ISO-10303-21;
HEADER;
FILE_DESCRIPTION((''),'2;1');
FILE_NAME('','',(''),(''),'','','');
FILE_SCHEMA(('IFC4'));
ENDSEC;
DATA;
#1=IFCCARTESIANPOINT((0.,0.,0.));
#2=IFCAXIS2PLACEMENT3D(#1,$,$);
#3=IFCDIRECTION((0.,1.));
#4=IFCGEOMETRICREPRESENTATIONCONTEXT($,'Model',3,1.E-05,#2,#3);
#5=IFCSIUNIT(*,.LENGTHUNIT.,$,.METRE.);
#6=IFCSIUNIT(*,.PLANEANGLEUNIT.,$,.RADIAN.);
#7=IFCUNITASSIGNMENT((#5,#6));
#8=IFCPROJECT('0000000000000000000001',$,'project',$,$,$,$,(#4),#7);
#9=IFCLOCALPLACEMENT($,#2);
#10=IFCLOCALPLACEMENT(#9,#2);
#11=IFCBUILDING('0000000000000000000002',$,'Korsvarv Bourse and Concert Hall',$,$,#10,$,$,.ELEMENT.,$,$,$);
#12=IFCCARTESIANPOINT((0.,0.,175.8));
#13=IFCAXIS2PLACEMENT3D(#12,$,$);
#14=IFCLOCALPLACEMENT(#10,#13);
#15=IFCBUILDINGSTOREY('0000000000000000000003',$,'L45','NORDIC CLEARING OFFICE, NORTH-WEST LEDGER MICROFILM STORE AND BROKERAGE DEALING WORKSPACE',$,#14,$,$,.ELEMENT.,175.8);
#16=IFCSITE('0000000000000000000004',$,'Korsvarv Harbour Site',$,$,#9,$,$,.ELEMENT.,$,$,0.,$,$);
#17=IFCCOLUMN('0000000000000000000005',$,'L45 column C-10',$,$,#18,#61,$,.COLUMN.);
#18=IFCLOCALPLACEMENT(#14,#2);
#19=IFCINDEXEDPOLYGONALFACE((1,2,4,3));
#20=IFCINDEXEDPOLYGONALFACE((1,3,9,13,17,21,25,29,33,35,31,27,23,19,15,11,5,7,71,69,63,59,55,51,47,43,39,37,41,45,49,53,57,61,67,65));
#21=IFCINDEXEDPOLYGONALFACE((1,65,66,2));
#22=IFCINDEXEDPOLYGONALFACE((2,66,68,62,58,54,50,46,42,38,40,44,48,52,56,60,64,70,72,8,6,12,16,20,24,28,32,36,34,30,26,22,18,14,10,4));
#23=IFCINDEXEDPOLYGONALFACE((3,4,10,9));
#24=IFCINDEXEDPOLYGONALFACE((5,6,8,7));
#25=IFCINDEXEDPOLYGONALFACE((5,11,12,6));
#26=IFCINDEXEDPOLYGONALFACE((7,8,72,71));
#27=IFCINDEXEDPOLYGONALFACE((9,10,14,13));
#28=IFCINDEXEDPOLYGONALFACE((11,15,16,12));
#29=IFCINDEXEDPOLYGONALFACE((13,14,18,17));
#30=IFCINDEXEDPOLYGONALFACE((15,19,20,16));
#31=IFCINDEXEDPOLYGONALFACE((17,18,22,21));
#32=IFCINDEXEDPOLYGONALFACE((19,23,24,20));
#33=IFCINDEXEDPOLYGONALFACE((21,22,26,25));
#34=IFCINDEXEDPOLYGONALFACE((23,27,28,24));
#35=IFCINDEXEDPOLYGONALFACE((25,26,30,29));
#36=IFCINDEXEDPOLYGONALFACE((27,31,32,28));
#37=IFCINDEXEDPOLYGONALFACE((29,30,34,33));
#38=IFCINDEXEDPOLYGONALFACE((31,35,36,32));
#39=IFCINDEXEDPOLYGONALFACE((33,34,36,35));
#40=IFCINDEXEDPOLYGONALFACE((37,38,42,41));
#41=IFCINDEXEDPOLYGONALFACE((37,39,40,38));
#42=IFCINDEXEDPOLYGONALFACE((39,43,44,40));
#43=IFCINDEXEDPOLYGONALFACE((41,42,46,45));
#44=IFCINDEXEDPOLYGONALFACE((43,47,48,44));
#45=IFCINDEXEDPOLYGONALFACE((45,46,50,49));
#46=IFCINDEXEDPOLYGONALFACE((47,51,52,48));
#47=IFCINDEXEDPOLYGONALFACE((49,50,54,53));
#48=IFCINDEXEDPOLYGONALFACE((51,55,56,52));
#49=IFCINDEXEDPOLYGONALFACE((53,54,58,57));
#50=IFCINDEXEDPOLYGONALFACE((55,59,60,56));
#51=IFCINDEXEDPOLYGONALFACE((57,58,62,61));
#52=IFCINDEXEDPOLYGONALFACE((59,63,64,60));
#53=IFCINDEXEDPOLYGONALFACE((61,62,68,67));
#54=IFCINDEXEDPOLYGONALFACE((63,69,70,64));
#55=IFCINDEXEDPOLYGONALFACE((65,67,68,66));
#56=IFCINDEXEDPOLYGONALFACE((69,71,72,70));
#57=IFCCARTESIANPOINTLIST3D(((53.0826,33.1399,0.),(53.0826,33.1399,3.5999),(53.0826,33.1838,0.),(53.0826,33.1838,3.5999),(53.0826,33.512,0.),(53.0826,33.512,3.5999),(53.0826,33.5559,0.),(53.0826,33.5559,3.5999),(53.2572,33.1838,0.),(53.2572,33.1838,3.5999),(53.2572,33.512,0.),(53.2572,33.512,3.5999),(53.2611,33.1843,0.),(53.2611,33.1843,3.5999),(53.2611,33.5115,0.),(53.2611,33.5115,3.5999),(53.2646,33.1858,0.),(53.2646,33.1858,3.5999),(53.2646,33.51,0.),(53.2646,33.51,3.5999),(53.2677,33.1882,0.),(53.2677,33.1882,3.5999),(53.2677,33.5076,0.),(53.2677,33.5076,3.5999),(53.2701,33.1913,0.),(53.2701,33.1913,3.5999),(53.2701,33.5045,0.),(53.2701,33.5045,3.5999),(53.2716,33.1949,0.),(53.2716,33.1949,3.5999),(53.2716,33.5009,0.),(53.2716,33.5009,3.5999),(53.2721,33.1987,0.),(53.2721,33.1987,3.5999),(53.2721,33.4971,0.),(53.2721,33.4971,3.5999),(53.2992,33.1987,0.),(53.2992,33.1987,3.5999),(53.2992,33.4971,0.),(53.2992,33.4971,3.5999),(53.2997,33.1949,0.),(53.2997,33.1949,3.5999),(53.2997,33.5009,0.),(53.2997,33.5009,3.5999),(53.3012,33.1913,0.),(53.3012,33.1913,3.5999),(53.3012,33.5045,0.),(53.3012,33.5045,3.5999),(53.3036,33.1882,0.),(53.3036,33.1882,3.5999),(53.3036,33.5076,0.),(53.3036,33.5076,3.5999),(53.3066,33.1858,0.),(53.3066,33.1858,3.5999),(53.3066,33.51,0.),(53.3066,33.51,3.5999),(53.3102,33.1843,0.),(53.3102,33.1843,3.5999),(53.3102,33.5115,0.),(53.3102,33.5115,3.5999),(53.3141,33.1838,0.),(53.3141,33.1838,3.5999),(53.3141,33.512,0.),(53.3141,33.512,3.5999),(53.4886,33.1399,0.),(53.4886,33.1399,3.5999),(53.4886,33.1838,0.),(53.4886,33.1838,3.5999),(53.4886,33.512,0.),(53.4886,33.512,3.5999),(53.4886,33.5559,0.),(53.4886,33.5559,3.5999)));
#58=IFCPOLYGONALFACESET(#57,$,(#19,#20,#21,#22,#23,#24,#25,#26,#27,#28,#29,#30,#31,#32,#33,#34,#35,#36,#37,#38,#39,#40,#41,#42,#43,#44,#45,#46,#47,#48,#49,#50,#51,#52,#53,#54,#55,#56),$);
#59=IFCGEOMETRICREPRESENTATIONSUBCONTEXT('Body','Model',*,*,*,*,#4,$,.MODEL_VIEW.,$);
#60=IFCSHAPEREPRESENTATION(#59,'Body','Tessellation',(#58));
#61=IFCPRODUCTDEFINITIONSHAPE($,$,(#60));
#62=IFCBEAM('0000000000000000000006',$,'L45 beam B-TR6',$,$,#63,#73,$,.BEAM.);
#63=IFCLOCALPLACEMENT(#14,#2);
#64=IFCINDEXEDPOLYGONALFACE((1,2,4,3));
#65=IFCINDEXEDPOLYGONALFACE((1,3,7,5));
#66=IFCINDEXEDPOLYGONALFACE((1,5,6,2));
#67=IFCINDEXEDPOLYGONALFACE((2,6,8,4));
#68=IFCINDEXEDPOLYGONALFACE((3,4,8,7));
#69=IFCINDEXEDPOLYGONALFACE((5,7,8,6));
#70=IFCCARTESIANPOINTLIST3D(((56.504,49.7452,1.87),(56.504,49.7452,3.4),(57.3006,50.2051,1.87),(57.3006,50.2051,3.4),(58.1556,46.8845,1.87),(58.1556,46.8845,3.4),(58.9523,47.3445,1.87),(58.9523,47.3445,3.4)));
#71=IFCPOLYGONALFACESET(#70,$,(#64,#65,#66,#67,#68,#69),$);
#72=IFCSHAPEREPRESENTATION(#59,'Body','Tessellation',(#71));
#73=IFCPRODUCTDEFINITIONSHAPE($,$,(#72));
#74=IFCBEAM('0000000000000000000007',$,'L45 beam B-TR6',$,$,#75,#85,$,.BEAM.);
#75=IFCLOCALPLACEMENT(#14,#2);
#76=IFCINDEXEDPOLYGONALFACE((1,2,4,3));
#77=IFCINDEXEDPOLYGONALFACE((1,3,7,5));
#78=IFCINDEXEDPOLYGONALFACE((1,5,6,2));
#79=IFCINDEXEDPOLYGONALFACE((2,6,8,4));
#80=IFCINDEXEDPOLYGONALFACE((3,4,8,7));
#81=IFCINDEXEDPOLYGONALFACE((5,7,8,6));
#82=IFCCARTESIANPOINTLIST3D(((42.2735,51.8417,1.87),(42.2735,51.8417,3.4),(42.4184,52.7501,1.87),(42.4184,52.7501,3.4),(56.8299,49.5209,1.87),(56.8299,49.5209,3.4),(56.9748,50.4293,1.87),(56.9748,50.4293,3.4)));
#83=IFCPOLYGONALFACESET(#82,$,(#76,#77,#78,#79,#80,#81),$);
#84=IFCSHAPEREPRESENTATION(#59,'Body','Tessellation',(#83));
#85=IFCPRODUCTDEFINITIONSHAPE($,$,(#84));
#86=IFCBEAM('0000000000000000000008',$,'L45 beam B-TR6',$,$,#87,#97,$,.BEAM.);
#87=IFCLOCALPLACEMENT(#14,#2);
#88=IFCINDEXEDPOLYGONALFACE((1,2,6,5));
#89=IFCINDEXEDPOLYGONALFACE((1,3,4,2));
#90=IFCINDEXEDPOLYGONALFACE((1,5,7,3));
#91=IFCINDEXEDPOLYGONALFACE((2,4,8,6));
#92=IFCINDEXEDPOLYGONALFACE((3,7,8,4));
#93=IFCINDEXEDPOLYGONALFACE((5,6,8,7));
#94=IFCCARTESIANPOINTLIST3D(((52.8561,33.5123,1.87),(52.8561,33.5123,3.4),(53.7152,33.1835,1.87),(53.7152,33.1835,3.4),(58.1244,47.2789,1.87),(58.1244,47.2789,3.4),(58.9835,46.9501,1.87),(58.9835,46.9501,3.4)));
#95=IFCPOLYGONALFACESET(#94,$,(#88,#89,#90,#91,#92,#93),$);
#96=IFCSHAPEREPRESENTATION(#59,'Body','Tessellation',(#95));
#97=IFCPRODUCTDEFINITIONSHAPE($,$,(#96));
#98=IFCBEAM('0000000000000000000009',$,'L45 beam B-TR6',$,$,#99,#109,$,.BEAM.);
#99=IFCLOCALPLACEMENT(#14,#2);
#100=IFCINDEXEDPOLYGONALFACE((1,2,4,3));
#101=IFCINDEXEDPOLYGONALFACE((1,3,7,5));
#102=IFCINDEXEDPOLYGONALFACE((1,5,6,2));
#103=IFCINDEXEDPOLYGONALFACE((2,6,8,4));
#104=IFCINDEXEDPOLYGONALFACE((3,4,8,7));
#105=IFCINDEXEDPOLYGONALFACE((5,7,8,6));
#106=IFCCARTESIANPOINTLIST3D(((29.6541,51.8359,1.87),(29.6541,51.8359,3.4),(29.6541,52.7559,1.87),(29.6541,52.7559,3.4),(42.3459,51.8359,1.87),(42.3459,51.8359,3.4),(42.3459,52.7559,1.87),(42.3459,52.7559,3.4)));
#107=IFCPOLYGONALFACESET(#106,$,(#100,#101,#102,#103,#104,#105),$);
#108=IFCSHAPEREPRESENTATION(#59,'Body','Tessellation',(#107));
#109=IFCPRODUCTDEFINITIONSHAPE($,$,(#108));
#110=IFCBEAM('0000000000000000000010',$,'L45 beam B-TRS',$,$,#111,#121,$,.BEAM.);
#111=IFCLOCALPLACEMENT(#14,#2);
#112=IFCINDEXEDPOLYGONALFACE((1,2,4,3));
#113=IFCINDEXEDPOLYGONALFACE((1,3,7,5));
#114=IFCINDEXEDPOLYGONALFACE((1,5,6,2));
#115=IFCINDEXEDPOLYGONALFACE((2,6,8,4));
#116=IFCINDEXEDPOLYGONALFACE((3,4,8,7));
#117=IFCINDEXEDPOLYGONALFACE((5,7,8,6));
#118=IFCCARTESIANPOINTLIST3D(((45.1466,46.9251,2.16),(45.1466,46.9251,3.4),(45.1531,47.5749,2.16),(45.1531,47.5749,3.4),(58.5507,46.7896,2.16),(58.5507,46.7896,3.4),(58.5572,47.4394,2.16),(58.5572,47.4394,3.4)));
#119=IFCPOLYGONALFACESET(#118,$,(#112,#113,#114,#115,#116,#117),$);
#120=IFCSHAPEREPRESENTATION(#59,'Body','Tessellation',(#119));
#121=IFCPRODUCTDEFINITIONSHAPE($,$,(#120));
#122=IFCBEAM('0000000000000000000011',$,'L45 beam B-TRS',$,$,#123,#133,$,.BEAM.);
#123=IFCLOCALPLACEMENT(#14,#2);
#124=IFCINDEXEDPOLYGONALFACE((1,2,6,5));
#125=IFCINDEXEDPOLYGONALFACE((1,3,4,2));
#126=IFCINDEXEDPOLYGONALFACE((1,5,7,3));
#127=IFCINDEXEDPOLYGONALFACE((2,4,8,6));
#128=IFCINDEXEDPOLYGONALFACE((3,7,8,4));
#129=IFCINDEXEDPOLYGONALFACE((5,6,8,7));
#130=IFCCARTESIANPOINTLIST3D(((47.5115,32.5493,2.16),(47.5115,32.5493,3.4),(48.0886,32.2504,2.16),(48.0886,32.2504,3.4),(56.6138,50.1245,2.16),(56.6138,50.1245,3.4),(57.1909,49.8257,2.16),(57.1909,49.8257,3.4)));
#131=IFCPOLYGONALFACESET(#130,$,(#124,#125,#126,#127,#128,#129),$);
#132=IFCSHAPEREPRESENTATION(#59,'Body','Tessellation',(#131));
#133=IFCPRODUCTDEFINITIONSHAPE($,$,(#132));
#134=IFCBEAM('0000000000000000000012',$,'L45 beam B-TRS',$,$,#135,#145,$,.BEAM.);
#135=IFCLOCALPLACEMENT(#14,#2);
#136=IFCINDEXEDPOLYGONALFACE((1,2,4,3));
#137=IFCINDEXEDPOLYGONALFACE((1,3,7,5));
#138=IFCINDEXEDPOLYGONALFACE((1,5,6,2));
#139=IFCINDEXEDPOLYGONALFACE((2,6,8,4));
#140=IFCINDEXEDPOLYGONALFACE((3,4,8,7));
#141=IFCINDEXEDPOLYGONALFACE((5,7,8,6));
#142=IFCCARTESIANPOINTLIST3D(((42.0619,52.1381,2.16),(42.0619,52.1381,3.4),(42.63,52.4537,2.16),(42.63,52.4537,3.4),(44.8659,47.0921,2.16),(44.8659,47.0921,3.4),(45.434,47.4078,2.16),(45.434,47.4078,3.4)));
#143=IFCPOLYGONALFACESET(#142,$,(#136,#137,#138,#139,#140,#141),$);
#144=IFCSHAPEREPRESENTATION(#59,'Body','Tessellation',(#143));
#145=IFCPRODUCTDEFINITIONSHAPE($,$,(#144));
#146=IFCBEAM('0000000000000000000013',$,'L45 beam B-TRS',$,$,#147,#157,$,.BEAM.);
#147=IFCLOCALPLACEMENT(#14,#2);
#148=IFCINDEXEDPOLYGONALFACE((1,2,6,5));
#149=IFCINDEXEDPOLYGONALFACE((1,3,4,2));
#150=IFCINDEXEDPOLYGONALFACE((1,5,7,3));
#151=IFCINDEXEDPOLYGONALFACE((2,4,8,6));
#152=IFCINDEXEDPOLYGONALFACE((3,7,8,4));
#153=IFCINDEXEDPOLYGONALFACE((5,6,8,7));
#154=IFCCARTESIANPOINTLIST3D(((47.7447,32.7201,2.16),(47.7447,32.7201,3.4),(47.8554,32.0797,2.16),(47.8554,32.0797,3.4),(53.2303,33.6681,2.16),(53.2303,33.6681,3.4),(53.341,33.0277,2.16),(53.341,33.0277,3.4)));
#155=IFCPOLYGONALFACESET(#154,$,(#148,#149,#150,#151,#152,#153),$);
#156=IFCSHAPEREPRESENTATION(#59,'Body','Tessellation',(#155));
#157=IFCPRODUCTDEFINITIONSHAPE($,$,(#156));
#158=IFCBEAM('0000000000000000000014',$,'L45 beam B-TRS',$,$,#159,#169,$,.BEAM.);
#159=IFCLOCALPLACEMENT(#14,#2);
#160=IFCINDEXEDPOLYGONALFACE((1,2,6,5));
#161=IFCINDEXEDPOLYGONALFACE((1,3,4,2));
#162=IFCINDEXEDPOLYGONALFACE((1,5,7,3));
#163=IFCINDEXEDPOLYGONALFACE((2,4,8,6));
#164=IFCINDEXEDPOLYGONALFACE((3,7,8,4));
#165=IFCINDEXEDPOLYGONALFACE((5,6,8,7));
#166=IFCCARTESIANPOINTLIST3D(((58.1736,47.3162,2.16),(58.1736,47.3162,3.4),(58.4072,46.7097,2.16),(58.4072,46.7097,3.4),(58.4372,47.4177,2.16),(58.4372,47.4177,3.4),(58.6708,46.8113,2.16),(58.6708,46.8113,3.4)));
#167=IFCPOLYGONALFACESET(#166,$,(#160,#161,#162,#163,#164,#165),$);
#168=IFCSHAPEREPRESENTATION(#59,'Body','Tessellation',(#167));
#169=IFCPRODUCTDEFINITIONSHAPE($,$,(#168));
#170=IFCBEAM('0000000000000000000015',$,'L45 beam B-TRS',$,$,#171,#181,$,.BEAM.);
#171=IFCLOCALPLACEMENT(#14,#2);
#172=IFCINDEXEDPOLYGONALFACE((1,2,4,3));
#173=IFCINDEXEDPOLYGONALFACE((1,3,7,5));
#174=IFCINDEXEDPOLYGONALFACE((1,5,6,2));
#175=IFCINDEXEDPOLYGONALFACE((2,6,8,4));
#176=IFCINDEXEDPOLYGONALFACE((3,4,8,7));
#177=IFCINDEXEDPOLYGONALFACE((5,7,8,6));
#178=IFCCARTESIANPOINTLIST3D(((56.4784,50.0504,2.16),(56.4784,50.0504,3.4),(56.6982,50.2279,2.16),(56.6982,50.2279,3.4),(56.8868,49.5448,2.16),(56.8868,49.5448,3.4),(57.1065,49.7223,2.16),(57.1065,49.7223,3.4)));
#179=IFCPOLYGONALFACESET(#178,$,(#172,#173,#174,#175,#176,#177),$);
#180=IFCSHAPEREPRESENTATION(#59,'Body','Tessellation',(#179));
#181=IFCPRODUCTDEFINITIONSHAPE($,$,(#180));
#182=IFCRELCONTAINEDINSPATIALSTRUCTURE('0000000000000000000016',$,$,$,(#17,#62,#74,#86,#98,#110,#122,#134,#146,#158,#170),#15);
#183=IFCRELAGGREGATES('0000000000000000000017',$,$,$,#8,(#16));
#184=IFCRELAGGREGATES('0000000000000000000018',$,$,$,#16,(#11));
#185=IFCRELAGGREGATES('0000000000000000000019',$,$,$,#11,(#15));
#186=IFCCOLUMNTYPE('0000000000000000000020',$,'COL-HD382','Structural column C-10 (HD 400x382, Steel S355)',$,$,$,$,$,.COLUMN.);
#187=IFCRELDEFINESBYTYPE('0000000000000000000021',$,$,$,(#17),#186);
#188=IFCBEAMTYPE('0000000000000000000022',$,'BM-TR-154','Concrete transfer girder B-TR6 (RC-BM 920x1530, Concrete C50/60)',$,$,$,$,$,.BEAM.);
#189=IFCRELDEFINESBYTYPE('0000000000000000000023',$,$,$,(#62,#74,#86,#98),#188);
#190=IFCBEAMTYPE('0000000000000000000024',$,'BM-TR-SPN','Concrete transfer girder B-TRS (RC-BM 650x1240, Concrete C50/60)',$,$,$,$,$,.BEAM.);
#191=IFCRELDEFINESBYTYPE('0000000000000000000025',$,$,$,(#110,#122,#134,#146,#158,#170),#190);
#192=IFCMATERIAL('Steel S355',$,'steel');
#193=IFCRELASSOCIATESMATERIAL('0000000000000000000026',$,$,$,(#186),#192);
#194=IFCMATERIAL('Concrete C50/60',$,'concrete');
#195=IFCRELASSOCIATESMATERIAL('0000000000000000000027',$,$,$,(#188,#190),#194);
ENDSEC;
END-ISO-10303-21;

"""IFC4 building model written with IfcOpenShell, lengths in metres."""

from ifc_helpers import new_model, si_unit, direction, frame, origin, origin_2d, place, context, subcontext, project, spatial, rectangle, i_section, extrude, source, transform, mapped, material, material_profile, profile_set, type_object, element, save


model = new_model("IFC4")

# Units and contexts
model_context = context("Model", 3, precision=1e-05, world=origin(), true_north=direction((0.0, 1.0)))
body_context = subcontext(model_context, "Body", "Model", "MODEL_VIEW")
ifc_project = project(units=[si_unit("LENGTHUNIT", "METRE"), si_unit("PLANEANGLEUNIT", "RADIAN")], contexts=[model_context])

# Site, building, storey
site_placement = place(None, origin())
site = spatial("IfcSite", under=ifc_project, at=site_placement, Name="Korsvarv Harbour Site", CompositionType="ELEMENT", RefElevation=0.0)
building_placement = place(site_placement, origin())
building = spatial("IfcBuilding", under=site, at=building_placement, Name="Korsvarv Bourse and Concert Hall", CompositionType="ELEMENT")
storey_placement = place(building_placement, frame((0.0, 0.0, 175.8)))
storey = spatial("IfcBuildingStorey", under=building, at=storey_placement, Name="L45", Description="NORDIC CLEARING OFFICE, NORTH-WEST LEDGER MICROFILM STORE AND BROKERAGE DEALING WORKSPACE", CompositionType="ELEMENT", Elevation=175.8)

# Column
ifc_material_1 = material(Name="Steel S355", Category="steel")
ifc_material_profile_1 = material_profile(ifc_material_1, i_section(OverallWidth=0.406, OverallDepth=0.416, WebThickness=0.0271, FlangeThickness=0.0439, FilletRadius=0.0149, at=origin_2d()), Name="HD 400x382")
ifc_profile_set_1 = profile_set([ifc_material_profile_1], Name="Steel S355")
column_type_1 = type_object("IfcColumnType", Name="COL-HD382", Description="Structural column C-10 (HD 400x382, Steel S355)", PredefinedType="COLUMN", material=ifc_profile_set_1)
shared_shape_1 = source(origin(), body_context, "Body", "SweptSolid", [
    extrude(i_section(OverallWidth=0.406, OverallDepth=0.416, WebThickness=0.0271, FlangeThickness=0.0439, FilletRadius=0.0149, at=origin_2d()), origin(), (0.0, 0.0, 1.0), 3.5999),
])
for number, where, z_axis, x_axis, name in (
    (1, (53.2856, 33.3479, 0.0), (0.0, 0.0, 1.0), (1.0, 0.0, 0.0), "L45 column C-10"),
):
    element("IfcColumn", number, at=place(storey_placement, frame(where, z_axis=z_axis, x_axis=x_axis)), inside=storey, type_object=column_type_1, Name=name, PredefinedType="COLUMN", context=body_context, shape_type="MappedRepresentation", body=[
        mapped(shared_shape_1, transform((0.0, 0.0, 0.0), scale=1.0)),
    ])

# Beams
ifc_material_2 = material(Name="Concrete C50/60", Category="concrete")
ifc_material_profile_2 = material_profile(ifc_material_2, rectangle(XDim=0.9199, YDim=1.53, at=origin_2d()), Name="RC-BM 920x1530")
ifc_profile_set_2 = profile_set([ifc_material_profile_2], Name="Concrete C50/60")
beam_type_1 = type_object("IfcBeamType", Name="BM-TR-154", Description="Concrete transfer girder B-TR6 (RC-BM 920x1530, Concrete C50/60)", PredefinedType="BEAM", material=ifc_profile_set_2)
shared_shape_2 = source(origin(), body_context, "Body", "SweptSolid", [
    extrude(rectangle(XDim=0.9199, YDim=1.53, at=origin_2d()), origin(), (0.0, 0.0, 1.0), 3.3032),
])
beam_1_placement = place(storey_placement, frame((58.554, 47.1145, 2.635), z_axis=(-0.50001, 0.866019, 0.0), x_axis=(-0.866019, -0.50001, 0.0)))
element("IfcBeam", 2, at=beam_1_placement, inside=storey, type_object=beam_type_1, Name="L45 beam B-TR6", PredefinedType="BEAM", context=body_context, shape_type="MappedRepresentation", body=[
    mapped(shared_shape_2, transform((0.0, 0.0, 0.0), scale=1.0)),
])
shared_shape_3 = source(origin(), body_context, "Body", "SweptSolid", [
    extrude(rectangle(XDim=0.9199, YDim=1.53, at=origin_2d()), origin(), (0.0, 0.0, 1.0), 14.7402),
])
for number, where, z_axis, x_axis, name in (
    (3, (56.9023, 49.9751, 2.635), (-0.987528, 0.157447, 0.0), (-0.157447, -0.987528, 0.0), "L45 beam B-TR6"),
    (4, (53.2856, 33.3479, 2.635), (0.35741, 0.933947, 0.0), (-0.933947, 0.35741, 0.0), "L45 beam B-TR6"),
):
    element("IfcBeam", number, at=place(storey_placement, frame(where, z_axis=z_axis, x_axis=x_axis)), inside=storey, type_object=beam_type_1, Name=name, PredefinedType="BEAM", context=body_context, shape_type="MappedRepresentation", body=[
        mapped(shared_shape_3, transform((0.0, 0.0, 0.0), scale=1.0)),
    ])
shared_shape_4 = source(origin(), body_context, "Body", "SweptSolid", [
    extrude(rectangle(XDim=0.9199, YDim=1.53, at=origin_2d()), origin(), (0.0, 0.0, 1.0), 12.6919),
])
beam_2_placement = place(storey_placement, frame((42.3459, 52.2959, 2.635), z_axis=(-1.0, 0.0, 0.0), x_axis=(0.0, -1.0, 0.0)))
element("IfcBeam", 5, at=beam_2_placement, inside=storey, type_object=beam_type_1, Name="L45 beam B-TR6", PredefinedType="BEAM", context=body_context, shape_type="MappedRepresentation", body=[
    mapped(shared_shape_4, transform((0.0, 0.0, 0.0), scale=1.0)),
])
ifc_material_profile_3 = material_profile(ifc_material_2, rectangle(XDim=0.6499, YDim=1.24, at=origin_2d()), Name="RC-BM 650x1240")
ifc_profile_set_3 = profile_set([ifc_material_profile_3], Name="Concrete C50/60")
beam_type_2 = type_object("IfcBeamType", Name="BM-TR-SPN", Description="Concrete transfer girder B-TRS (RC-BM 650x1240, Concrete C50/60)", PredefinedType="BEAM", material=ifc_profile_set_3)
shared_shape_5 = source(origin(), body_context, "Body", "SweptSolid", [
    extrude(rectangle(XDim=0.6499, YDim=1.24, at=origin_2d()), origin(), (0.0, 0.0, 1.0), 13.4048),
])
beam_3_placement = place(storey_placement, frame((58.554, 47.1145, 2.78), z_axis=(-0.999949, 0.010108, 0.0), x_axis=(-0.010108, -0.999949, 0.0)))
element("IfcBeam", 6, at=beam_3_placement, inside=storey, type_object=beam_type_2, Name="L45 beam B-TRS", PredefinedType="BEAM", context=body_context, shape_type="MappedRepresentation", body=[
    mapped(shared_shape_5, transform((0.0, 0.0, 0.0), scale=1.0)),
])
shared_shape_6 = source(origin(), body_context, "Body", "SweptSolid", [
    extrude(rectangle(XDim=0.6499, YDim=1.24, at=origin_2d()), origin(), (0.0, 0.0, 1.0), 19.7925),
])
beam_4_placement = place(storey_placement, frame((56.9023, 49.9751, 2.78), z_axis=(-0.459888, -0.887977, 0.0), x_axis=(0.887977, -0.459888, 0.0)))
element("IfcBeam", 7, at=beam_4_placement, inside=storey, type_object=beam_type_2, Name="L45 beam B-TRS", PredefinedType="BEAM", context=body_context, shape_type="MappedRepresentation", body=[
    mapped(shared_shape_6, transform((0.0, 0.0, 0.0), scale=1.0)),
])
shared_shape_7 = source(origin(), body_context, "Body", "SweptSolid", [
    extrude(rectangle(XDim=0.6499, YDim=1.24, at=origin_2d()), origin(), (0.0, 0.0, 1.0), 5.7727),
])
beam_5_placement = place(storey_placement, frame((42.3459, 52.2959, 2.78), z_axis=(0.485733, -0.874107, 0.0), x_axis=(0.874107, 0.485733, 0.0)))
element("IfcBeam", 8, at=beam_5_placement, inside=storey, type_object=beam_type_2, Name="L45 beam B-TRS", PredefinedType="BEAM", context=body_context, shape_type="MappedRepresentation", body=[
    mapped(shared_shape_7, transform((0.0, 0.0, 0.0), scale=1.0)),
])
shared_shape_8 = source(origin(), body_context, "Body", "SweptSolid", [
    extrude(rectangle(XDim=0.6499, YDim=1.24, at=origin_2d()), origin(), (0.0, 0.0, 1.0), 5.5669),
])
beam_6_placement = place(storey_placement, frame((53.2856, 33.3479, 2.78), z_axis=(-0.985394, -0.170292, 0.0), x_axis=(0.170292, -0.985394, 0.0)))
element("IfcBeam", 9, at=beam_6_placement, inside=storey, type_object=beam_type_2, Name="L45 beam B-TRS", PredefinedType="BEAM", context=body_context, shape_type="MappedRepresentation", body=[
    mapped(shared_shape_8, transform((0.0, 0.0, 0.0), scale=1.0)),
])
shared_shape_9 = source(origin(), body_context, "Body", "SweptSolid", [
    extrude(rectangle(XDim=0.6499, YDim=1.24, at=origin_2d()), origin(), (0.0, 0.0, 1.0), 0.2825),
])
for number, where, z_axis, x_axis, name in (
    (10, (58.554, 47.1145, 2.78), (-0.933167, -0.359442, 0.0), (0.359442, -0.933167, 0.0), "L45 beam B-TRS"),
    (11, (56.9023, 49.9751, 2.78), (-0.777909, -0.628377, 0.0), (0.628377, -0.777909, 0.0), "L45 beam B-TRS"),
):
    element("IfcBeam", number, at=place(storey_placement, frame(where, z_axis=z_axis, x_axis=x_axis)), inside=storey, type_object=beam_type_2, Name=name, PredefinedType="BEAM", context=body_context, shape_type="MappedRepresentation", body=[
        mapped(shared_shape_9, transform((0.0, 0.0, 0.0), scale=1.0)),
    ])

save(model, "model.ifc")
